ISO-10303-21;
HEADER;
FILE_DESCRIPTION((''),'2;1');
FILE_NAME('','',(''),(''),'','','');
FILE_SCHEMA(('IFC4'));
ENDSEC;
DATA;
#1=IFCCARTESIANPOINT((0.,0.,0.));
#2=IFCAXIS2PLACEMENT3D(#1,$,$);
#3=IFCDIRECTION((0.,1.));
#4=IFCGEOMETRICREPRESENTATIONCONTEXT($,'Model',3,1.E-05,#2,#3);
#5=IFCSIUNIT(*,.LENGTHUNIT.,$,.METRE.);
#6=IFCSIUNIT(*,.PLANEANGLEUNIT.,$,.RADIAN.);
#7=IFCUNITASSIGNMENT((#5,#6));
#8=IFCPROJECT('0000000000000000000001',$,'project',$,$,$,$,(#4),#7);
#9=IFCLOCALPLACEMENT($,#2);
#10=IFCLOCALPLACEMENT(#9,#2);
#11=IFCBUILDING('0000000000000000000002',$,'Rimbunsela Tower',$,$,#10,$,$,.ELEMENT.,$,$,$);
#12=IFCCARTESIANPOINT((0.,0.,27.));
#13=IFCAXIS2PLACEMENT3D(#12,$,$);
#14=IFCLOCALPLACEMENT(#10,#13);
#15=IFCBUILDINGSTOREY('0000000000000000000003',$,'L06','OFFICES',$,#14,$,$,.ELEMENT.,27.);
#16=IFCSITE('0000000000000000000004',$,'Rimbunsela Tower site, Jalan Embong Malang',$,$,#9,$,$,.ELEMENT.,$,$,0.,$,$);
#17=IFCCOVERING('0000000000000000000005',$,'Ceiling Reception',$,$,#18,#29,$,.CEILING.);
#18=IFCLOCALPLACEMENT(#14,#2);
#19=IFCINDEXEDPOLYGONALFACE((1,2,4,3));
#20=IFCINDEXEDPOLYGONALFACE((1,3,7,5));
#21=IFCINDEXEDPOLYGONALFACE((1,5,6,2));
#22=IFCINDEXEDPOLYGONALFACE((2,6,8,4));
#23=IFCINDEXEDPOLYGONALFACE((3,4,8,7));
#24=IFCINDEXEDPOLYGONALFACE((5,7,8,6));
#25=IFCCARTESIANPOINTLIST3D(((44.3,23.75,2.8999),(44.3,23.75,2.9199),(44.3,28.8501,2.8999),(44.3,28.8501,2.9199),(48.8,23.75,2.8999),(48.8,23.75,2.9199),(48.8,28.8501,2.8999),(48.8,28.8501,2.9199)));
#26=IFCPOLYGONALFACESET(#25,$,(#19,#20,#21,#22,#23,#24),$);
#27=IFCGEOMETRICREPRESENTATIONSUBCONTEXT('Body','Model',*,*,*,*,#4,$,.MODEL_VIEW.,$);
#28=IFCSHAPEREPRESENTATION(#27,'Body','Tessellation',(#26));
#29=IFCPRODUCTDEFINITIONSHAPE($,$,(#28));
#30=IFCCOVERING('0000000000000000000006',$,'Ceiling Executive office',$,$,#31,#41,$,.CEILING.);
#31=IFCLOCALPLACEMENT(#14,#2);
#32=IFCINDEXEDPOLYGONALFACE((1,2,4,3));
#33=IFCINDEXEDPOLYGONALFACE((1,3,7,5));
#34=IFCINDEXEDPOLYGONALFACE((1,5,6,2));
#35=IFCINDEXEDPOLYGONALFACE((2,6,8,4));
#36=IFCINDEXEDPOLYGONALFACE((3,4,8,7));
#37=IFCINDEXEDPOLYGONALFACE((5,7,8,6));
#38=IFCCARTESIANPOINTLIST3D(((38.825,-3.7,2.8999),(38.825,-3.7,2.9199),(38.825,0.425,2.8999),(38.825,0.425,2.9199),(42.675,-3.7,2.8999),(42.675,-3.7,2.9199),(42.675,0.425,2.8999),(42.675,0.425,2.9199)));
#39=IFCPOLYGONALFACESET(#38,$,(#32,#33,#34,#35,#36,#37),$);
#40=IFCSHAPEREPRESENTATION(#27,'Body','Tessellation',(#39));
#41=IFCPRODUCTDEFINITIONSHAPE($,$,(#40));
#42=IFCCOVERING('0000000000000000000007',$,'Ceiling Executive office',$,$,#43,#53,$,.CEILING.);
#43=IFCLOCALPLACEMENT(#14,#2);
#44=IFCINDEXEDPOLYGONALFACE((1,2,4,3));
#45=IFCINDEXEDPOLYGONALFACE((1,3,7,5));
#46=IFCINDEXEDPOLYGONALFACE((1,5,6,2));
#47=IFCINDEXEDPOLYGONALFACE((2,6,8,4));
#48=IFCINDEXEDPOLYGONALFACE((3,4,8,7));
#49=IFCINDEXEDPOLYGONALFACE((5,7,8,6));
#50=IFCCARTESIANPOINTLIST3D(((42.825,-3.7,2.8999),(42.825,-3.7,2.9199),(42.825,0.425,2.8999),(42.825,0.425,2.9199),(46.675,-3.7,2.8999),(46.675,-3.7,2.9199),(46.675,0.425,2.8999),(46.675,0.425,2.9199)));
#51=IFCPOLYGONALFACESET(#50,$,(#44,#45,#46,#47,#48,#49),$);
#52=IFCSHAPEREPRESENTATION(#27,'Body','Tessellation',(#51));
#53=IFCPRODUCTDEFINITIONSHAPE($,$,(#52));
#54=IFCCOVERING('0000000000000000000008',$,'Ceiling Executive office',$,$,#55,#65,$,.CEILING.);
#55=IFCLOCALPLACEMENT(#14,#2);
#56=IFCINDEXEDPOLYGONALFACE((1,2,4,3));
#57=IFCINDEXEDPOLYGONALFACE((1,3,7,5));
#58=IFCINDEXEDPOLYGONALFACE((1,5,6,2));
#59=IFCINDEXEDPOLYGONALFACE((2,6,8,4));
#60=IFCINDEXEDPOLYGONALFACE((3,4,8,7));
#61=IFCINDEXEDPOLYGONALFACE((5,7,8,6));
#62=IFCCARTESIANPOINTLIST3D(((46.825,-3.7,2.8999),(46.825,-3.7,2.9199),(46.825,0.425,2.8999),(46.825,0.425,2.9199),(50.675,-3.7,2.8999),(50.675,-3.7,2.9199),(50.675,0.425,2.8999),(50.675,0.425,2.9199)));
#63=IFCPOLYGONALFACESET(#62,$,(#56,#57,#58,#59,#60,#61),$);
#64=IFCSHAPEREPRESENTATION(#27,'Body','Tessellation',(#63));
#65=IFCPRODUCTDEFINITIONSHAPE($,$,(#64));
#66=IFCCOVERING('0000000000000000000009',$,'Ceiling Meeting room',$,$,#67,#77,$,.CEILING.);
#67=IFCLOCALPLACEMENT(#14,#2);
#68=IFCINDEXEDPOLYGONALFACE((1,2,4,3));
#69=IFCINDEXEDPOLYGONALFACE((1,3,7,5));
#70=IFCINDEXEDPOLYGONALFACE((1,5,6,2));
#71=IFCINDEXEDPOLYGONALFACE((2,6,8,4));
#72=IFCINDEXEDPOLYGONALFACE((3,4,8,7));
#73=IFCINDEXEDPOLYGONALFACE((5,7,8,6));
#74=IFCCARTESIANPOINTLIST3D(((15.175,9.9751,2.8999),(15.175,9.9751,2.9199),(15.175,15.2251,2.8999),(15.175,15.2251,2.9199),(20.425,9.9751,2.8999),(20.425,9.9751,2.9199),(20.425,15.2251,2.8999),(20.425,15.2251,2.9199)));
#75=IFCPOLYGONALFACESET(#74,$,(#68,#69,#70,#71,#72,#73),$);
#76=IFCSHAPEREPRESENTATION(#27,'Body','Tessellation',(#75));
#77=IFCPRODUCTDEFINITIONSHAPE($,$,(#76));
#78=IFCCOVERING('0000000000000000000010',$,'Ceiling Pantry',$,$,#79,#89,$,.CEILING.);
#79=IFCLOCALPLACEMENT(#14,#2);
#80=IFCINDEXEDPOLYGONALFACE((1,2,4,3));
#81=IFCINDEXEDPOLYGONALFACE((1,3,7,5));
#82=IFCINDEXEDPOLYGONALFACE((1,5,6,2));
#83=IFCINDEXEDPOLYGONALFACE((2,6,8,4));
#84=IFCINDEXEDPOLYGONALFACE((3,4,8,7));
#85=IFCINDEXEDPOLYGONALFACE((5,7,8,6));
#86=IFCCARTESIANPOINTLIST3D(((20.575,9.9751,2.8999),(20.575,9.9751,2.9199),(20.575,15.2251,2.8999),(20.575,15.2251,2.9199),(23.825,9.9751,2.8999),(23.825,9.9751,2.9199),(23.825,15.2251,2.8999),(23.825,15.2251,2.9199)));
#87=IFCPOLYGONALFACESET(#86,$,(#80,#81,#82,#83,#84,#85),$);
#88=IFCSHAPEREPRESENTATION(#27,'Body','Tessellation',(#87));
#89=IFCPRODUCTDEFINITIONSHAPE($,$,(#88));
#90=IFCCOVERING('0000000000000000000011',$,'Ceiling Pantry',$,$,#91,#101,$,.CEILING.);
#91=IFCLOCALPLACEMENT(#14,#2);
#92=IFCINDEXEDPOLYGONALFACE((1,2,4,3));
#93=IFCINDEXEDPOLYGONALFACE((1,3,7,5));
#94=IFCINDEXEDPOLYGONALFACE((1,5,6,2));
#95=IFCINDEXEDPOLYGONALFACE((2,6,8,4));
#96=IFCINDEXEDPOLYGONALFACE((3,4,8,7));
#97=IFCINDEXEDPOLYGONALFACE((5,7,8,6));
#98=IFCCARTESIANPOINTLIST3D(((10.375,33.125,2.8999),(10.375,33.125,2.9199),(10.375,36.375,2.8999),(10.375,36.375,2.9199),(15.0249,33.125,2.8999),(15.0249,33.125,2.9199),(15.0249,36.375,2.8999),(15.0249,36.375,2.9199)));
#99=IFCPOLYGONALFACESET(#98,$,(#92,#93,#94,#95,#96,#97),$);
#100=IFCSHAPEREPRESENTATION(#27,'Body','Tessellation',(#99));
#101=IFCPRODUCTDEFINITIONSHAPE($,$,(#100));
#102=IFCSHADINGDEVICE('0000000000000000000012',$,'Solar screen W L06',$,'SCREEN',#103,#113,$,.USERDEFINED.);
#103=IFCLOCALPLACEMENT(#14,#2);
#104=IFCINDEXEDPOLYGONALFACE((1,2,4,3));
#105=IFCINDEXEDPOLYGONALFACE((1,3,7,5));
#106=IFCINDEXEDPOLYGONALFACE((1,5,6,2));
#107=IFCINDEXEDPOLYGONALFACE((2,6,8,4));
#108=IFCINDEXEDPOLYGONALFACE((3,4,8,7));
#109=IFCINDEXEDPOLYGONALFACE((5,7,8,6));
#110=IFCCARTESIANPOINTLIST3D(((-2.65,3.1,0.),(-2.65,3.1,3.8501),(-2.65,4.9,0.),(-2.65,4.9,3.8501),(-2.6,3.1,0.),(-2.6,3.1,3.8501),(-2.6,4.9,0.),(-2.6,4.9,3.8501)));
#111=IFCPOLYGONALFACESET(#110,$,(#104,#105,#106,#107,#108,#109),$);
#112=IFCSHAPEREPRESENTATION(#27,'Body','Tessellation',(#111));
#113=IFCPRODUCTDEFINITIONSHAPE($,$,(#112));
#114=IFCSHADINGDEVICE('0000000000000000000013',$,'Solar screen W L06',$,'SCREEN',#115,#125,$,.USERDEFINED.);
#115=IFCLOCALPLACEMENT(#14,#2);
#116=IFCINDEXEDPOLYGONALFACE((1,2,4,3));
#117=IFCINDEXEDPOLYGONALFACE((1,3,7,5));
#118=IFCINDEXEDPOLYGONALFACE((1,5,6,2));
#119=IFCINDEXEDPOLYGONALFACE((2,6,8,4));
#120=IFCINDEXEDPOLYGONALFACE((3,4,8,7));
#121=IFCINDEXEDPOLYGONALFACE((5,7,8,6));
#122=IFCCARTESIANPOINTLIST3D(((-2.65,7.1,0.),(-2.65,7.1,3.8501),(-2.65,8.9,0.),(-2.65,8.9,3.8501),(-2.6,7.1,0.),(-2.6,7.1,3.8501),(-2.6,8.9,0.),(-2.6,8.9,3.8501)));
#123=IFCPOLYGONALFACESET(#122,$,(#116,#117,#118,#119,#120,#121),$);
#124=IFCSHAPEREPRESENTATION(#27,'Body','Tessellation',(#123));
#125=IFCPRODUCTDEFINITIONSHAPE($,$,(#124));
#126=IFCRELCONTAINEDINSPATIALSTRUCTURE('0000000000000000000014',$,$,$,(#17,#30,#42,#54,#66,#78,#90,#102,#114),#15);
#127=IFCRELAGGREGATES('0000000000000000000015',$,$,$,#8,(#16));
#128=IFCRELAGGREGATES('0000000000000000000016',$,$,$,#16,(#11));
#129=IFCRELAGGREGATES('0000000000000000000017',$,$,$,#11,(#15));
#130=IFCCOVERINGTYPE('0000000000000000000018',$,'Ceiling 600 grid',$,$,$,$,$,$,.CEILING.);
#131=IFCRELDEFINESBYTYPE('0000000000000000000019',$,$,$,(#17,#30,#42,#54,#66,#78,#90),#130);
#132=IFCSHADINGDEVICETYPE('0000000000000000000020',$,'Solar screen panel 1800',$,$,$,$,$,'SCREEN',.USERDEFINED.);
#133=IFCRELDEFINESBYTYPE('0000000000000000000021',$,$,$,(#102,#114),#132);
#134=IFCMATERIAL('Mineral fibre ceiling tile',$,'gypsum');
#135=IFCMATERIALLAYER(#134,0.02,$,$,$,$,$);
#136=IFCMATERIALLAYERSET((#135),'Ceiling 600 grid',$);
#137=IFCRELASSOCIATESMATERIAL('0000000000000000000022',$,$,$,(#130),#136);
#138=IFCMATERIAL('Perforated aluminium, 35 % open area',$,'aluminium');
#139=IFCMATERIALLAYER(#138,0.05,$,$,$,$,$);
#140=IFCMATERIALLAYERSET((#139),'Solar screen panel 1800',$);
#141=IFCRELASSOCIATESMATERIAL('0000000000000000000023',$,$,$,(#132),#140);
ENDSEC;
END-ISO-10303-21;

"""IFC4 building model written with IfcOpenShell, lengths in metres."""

from ifc_helpers import new_model, si_unit, direction, frame, origin, origin_2d, place, context, subcontext, project, spatial, polyline, rectangle, outline, extrude, material, layer, layer_set, type_object, element, save


model = new_model("IFC4")

# Units and contexts
model_context = context("Model", 3, precision=1e-05, world=origin(), true_north=direction((0.0, 1.0)))
body_context = subcontext(model_context, "Body", "Model", "MODEL_VIEW")
ifc_project = project(units=[si_unit("LENGTHUNIT", "METRE"), si_unit("PLANEANGLEUNIT", "RADIAN")], contexts=[model_context])

# Site, building, storey
site_placement = place(None, origin())
site = spatial("IfcSite", under=ifc_project, at=site_placement, Name="Rimbunsela Tower site, Jalan Embong Malang", CompositionType="ELEMENT", RefElevation=0.0)
building_placement = place(site_placement, origin())
building = spatial("IfcBuilding", under=site, at=building_placement, Name="Rimbunsela Tower", CompositionType="ELEMENT")
storey_placement = place(building_placement, frame((0.0, 0.0, 27.0)))
storey = spatial("IfcBuildingStorey", under=building, at=storey_placement, Name="L06", Description="OFFICES", CompositionType="ELEMENT", Elevation=27.0)

# Coverings
ifc_material_1 = material(Name="Mineral fibre ceiling tile", Category="gypsum")
ifc_layer_1 = layer(ifc_material_1, 0.02)
ifc_layer_set_1 = layer_set([ifc_layer_1], Name="Ceiling 600 grid")
covering_type_1 = type_object("IfcCoveringType", Name="Ceiling 600 grid", PredefinedType="CEILING", material=ifc_layer_set_1)
covering_1_placement = place(storey_placement, frame((0.0, 0.0, 2.8999)))
element("IfcCovering", 1, at=covering_1_placement, inside=storey, type_object=covering_type_1, Name="Ceiling Reception", PredefinedType="CEILING", context=body_context, shape_type="SweptSolid", body=[
    extrude(outline(polyline([(48.8, 23.75), (48.8, 28.8501), (44.3, 28.8501), (44.3, 23.75), (48.8, 23.75)])), origin(), (0.0, 0.0, 1.0), 0.02),
])
covering_2_placement = place(storey_placement, frame((0.0, 0.0, 2.8999)))
element("IfcCovering", 2, at=covering_2_placement, inside=storey, type_object=covering_type_1, Name="Ceiling Executive office", PredefinedType="CEILING", context=body_context, shape_type="SweptSolid", body=[
    extrude(outline(polyline([(42.675, -3.7), (42.675, 0.425), (38.825, 0.425), (38.825, -3.7), (42.675, -3.7)])), origin(), (0.0, 0.0, 1.0), 0.02),
])
covering_3_placement = place(storey_placement, frame((0.0, 0.0, 2.8999)))
element("IfcCovering", 3, at=covering_3_placement, inside=storey, type_object=covering_type_1, Name="Ceiling Executive office", PredefinedType="CEILING", context=body_context, shape_type="SweptSolid", body=[
    extrude(outline(polyline([(46.675, -3.7), (46.675, 0.425), (42.825, 0.425), (42.825, -3.7), (46.675, -3.7)])), origin(), (0.0, 0.0, 1.0), 0.02),
])
covering_4_placement = place(storey_placement, frame((0.0, 0.0, 2.8999)))
element("IfcCovering", 4, at=covering_4_placement, inside=storey, type_object=covering_type_1, Name="Ceiling Executive office", PredefinedType="CEILING", context=body_context, shape_type="SweptSolid", body=[
    extrude(outline(polyline([(50.675, -3.7), (50.675, 0.425), (46.825, 0.425), (46.825, -3.7), (50.675, -3.7)])), origin(), (0.0, 0.0, 1.0), 0.02),
])
covering_5_placement = place(storey_placement, frame((0.0, 0.0, 2.8999)))
element("IfcCovering", 5, at=covering_5_placement, inside=storey, type_object=covering_type_1, Name="Ceiling Meeting room", PredefinedType="CEILING", context=body_context, shape_type="SweptSolid", body=[
    extrude(outline(polyline([(20.425, 9.9751), (20.425, 15.2251), (15.175, 15.2251), (15.175, 9.9751), (20.425, 9.9751)])), origin(), (0.0, 0.0, 1.0), 0.02),
])
covering_6_placement = place(storey_placement, frame((0.0, 0.0, 2.8999)))
element("IfcCovering", 6, at=covering_6_placement, inside=storey, type_object=covering_type_1, Name="Ceiling Pantry", PredefinedType="CEILING", context=body_context, shape_type="SweptSolid", body=[
    extrude(outline(polyline([(23.825, 9.9751), (23.825, 15.2251), (20.575, 15.2251), (20.575, 9.9751), (23.825, 9.9751)])), origin(), (0.0, 0.0, 1.0), 0.02),
])
covering_7_placement = place(storey_placement, frame((0.0, 0.0, 2.8999)))
element("IfcCovering", 7, at=covering_7_placement, inside=storey, type_object=covering_type_1, Name="Ceiling Pantry", PredefinedType="CEILING", context=body_context, shape_type="SweptSolid", body=[
    extrude(outline(polyline([(15.0249, 33.125), (15.0249, 36.375), (10.375, 36.375), (10.375, 33.125), (15.0249, 33.125)])), origin(), (0.0, 0.0, 1.0), 0.02),
])

# Shading devices
ifc_material_2 = material(Name="Perforated aluminium, 35 % open area", Category="aluminium")
ifc_layer_2 = layer(ifc_material_2, 0.05)
ifc_layer_set_2 = layer_set([ifc_layer_2], Name="Solar screen panel 1800")
shading_device_type = type_object("IfcShadingDeviceType", Name="Solar screen panel 1800", ElementType="SCREEN", PredefinedType="USERDEFINED", material=ifc_layer_set_2)
for number, where, z_axis, x_axis, name in (
    (8, (-2.625, 4.0, 0.0), (0.0, 0.0, 1.0), (0.0, 1.0, 0.0), "Solar screen W L06"),
    (9, (-2.625, 8.0, 0.0), (0.0, 0.0, 1.0), (0.0, 1.0, 0.0), "Solar screen W L06"),
):
    element("IfcShadingDevice", number, at=place(storey_placement, frame(where, z_axis=z_axis, x_axis=x_axis)), inside=storey, type_object=shading_device_type, Name=name, ObjectType="SCREEN", PredefinedType="USERDEFINED", context=body_context, shape_type="SweptSolid", body=[
        extrude(rectangle(XDim=1.8, YDim=0.05, at=origin_2d()), origin(), (0.0, 0.0, 1.0), 3.8501),
    ])

save(model, "model.ifc")
